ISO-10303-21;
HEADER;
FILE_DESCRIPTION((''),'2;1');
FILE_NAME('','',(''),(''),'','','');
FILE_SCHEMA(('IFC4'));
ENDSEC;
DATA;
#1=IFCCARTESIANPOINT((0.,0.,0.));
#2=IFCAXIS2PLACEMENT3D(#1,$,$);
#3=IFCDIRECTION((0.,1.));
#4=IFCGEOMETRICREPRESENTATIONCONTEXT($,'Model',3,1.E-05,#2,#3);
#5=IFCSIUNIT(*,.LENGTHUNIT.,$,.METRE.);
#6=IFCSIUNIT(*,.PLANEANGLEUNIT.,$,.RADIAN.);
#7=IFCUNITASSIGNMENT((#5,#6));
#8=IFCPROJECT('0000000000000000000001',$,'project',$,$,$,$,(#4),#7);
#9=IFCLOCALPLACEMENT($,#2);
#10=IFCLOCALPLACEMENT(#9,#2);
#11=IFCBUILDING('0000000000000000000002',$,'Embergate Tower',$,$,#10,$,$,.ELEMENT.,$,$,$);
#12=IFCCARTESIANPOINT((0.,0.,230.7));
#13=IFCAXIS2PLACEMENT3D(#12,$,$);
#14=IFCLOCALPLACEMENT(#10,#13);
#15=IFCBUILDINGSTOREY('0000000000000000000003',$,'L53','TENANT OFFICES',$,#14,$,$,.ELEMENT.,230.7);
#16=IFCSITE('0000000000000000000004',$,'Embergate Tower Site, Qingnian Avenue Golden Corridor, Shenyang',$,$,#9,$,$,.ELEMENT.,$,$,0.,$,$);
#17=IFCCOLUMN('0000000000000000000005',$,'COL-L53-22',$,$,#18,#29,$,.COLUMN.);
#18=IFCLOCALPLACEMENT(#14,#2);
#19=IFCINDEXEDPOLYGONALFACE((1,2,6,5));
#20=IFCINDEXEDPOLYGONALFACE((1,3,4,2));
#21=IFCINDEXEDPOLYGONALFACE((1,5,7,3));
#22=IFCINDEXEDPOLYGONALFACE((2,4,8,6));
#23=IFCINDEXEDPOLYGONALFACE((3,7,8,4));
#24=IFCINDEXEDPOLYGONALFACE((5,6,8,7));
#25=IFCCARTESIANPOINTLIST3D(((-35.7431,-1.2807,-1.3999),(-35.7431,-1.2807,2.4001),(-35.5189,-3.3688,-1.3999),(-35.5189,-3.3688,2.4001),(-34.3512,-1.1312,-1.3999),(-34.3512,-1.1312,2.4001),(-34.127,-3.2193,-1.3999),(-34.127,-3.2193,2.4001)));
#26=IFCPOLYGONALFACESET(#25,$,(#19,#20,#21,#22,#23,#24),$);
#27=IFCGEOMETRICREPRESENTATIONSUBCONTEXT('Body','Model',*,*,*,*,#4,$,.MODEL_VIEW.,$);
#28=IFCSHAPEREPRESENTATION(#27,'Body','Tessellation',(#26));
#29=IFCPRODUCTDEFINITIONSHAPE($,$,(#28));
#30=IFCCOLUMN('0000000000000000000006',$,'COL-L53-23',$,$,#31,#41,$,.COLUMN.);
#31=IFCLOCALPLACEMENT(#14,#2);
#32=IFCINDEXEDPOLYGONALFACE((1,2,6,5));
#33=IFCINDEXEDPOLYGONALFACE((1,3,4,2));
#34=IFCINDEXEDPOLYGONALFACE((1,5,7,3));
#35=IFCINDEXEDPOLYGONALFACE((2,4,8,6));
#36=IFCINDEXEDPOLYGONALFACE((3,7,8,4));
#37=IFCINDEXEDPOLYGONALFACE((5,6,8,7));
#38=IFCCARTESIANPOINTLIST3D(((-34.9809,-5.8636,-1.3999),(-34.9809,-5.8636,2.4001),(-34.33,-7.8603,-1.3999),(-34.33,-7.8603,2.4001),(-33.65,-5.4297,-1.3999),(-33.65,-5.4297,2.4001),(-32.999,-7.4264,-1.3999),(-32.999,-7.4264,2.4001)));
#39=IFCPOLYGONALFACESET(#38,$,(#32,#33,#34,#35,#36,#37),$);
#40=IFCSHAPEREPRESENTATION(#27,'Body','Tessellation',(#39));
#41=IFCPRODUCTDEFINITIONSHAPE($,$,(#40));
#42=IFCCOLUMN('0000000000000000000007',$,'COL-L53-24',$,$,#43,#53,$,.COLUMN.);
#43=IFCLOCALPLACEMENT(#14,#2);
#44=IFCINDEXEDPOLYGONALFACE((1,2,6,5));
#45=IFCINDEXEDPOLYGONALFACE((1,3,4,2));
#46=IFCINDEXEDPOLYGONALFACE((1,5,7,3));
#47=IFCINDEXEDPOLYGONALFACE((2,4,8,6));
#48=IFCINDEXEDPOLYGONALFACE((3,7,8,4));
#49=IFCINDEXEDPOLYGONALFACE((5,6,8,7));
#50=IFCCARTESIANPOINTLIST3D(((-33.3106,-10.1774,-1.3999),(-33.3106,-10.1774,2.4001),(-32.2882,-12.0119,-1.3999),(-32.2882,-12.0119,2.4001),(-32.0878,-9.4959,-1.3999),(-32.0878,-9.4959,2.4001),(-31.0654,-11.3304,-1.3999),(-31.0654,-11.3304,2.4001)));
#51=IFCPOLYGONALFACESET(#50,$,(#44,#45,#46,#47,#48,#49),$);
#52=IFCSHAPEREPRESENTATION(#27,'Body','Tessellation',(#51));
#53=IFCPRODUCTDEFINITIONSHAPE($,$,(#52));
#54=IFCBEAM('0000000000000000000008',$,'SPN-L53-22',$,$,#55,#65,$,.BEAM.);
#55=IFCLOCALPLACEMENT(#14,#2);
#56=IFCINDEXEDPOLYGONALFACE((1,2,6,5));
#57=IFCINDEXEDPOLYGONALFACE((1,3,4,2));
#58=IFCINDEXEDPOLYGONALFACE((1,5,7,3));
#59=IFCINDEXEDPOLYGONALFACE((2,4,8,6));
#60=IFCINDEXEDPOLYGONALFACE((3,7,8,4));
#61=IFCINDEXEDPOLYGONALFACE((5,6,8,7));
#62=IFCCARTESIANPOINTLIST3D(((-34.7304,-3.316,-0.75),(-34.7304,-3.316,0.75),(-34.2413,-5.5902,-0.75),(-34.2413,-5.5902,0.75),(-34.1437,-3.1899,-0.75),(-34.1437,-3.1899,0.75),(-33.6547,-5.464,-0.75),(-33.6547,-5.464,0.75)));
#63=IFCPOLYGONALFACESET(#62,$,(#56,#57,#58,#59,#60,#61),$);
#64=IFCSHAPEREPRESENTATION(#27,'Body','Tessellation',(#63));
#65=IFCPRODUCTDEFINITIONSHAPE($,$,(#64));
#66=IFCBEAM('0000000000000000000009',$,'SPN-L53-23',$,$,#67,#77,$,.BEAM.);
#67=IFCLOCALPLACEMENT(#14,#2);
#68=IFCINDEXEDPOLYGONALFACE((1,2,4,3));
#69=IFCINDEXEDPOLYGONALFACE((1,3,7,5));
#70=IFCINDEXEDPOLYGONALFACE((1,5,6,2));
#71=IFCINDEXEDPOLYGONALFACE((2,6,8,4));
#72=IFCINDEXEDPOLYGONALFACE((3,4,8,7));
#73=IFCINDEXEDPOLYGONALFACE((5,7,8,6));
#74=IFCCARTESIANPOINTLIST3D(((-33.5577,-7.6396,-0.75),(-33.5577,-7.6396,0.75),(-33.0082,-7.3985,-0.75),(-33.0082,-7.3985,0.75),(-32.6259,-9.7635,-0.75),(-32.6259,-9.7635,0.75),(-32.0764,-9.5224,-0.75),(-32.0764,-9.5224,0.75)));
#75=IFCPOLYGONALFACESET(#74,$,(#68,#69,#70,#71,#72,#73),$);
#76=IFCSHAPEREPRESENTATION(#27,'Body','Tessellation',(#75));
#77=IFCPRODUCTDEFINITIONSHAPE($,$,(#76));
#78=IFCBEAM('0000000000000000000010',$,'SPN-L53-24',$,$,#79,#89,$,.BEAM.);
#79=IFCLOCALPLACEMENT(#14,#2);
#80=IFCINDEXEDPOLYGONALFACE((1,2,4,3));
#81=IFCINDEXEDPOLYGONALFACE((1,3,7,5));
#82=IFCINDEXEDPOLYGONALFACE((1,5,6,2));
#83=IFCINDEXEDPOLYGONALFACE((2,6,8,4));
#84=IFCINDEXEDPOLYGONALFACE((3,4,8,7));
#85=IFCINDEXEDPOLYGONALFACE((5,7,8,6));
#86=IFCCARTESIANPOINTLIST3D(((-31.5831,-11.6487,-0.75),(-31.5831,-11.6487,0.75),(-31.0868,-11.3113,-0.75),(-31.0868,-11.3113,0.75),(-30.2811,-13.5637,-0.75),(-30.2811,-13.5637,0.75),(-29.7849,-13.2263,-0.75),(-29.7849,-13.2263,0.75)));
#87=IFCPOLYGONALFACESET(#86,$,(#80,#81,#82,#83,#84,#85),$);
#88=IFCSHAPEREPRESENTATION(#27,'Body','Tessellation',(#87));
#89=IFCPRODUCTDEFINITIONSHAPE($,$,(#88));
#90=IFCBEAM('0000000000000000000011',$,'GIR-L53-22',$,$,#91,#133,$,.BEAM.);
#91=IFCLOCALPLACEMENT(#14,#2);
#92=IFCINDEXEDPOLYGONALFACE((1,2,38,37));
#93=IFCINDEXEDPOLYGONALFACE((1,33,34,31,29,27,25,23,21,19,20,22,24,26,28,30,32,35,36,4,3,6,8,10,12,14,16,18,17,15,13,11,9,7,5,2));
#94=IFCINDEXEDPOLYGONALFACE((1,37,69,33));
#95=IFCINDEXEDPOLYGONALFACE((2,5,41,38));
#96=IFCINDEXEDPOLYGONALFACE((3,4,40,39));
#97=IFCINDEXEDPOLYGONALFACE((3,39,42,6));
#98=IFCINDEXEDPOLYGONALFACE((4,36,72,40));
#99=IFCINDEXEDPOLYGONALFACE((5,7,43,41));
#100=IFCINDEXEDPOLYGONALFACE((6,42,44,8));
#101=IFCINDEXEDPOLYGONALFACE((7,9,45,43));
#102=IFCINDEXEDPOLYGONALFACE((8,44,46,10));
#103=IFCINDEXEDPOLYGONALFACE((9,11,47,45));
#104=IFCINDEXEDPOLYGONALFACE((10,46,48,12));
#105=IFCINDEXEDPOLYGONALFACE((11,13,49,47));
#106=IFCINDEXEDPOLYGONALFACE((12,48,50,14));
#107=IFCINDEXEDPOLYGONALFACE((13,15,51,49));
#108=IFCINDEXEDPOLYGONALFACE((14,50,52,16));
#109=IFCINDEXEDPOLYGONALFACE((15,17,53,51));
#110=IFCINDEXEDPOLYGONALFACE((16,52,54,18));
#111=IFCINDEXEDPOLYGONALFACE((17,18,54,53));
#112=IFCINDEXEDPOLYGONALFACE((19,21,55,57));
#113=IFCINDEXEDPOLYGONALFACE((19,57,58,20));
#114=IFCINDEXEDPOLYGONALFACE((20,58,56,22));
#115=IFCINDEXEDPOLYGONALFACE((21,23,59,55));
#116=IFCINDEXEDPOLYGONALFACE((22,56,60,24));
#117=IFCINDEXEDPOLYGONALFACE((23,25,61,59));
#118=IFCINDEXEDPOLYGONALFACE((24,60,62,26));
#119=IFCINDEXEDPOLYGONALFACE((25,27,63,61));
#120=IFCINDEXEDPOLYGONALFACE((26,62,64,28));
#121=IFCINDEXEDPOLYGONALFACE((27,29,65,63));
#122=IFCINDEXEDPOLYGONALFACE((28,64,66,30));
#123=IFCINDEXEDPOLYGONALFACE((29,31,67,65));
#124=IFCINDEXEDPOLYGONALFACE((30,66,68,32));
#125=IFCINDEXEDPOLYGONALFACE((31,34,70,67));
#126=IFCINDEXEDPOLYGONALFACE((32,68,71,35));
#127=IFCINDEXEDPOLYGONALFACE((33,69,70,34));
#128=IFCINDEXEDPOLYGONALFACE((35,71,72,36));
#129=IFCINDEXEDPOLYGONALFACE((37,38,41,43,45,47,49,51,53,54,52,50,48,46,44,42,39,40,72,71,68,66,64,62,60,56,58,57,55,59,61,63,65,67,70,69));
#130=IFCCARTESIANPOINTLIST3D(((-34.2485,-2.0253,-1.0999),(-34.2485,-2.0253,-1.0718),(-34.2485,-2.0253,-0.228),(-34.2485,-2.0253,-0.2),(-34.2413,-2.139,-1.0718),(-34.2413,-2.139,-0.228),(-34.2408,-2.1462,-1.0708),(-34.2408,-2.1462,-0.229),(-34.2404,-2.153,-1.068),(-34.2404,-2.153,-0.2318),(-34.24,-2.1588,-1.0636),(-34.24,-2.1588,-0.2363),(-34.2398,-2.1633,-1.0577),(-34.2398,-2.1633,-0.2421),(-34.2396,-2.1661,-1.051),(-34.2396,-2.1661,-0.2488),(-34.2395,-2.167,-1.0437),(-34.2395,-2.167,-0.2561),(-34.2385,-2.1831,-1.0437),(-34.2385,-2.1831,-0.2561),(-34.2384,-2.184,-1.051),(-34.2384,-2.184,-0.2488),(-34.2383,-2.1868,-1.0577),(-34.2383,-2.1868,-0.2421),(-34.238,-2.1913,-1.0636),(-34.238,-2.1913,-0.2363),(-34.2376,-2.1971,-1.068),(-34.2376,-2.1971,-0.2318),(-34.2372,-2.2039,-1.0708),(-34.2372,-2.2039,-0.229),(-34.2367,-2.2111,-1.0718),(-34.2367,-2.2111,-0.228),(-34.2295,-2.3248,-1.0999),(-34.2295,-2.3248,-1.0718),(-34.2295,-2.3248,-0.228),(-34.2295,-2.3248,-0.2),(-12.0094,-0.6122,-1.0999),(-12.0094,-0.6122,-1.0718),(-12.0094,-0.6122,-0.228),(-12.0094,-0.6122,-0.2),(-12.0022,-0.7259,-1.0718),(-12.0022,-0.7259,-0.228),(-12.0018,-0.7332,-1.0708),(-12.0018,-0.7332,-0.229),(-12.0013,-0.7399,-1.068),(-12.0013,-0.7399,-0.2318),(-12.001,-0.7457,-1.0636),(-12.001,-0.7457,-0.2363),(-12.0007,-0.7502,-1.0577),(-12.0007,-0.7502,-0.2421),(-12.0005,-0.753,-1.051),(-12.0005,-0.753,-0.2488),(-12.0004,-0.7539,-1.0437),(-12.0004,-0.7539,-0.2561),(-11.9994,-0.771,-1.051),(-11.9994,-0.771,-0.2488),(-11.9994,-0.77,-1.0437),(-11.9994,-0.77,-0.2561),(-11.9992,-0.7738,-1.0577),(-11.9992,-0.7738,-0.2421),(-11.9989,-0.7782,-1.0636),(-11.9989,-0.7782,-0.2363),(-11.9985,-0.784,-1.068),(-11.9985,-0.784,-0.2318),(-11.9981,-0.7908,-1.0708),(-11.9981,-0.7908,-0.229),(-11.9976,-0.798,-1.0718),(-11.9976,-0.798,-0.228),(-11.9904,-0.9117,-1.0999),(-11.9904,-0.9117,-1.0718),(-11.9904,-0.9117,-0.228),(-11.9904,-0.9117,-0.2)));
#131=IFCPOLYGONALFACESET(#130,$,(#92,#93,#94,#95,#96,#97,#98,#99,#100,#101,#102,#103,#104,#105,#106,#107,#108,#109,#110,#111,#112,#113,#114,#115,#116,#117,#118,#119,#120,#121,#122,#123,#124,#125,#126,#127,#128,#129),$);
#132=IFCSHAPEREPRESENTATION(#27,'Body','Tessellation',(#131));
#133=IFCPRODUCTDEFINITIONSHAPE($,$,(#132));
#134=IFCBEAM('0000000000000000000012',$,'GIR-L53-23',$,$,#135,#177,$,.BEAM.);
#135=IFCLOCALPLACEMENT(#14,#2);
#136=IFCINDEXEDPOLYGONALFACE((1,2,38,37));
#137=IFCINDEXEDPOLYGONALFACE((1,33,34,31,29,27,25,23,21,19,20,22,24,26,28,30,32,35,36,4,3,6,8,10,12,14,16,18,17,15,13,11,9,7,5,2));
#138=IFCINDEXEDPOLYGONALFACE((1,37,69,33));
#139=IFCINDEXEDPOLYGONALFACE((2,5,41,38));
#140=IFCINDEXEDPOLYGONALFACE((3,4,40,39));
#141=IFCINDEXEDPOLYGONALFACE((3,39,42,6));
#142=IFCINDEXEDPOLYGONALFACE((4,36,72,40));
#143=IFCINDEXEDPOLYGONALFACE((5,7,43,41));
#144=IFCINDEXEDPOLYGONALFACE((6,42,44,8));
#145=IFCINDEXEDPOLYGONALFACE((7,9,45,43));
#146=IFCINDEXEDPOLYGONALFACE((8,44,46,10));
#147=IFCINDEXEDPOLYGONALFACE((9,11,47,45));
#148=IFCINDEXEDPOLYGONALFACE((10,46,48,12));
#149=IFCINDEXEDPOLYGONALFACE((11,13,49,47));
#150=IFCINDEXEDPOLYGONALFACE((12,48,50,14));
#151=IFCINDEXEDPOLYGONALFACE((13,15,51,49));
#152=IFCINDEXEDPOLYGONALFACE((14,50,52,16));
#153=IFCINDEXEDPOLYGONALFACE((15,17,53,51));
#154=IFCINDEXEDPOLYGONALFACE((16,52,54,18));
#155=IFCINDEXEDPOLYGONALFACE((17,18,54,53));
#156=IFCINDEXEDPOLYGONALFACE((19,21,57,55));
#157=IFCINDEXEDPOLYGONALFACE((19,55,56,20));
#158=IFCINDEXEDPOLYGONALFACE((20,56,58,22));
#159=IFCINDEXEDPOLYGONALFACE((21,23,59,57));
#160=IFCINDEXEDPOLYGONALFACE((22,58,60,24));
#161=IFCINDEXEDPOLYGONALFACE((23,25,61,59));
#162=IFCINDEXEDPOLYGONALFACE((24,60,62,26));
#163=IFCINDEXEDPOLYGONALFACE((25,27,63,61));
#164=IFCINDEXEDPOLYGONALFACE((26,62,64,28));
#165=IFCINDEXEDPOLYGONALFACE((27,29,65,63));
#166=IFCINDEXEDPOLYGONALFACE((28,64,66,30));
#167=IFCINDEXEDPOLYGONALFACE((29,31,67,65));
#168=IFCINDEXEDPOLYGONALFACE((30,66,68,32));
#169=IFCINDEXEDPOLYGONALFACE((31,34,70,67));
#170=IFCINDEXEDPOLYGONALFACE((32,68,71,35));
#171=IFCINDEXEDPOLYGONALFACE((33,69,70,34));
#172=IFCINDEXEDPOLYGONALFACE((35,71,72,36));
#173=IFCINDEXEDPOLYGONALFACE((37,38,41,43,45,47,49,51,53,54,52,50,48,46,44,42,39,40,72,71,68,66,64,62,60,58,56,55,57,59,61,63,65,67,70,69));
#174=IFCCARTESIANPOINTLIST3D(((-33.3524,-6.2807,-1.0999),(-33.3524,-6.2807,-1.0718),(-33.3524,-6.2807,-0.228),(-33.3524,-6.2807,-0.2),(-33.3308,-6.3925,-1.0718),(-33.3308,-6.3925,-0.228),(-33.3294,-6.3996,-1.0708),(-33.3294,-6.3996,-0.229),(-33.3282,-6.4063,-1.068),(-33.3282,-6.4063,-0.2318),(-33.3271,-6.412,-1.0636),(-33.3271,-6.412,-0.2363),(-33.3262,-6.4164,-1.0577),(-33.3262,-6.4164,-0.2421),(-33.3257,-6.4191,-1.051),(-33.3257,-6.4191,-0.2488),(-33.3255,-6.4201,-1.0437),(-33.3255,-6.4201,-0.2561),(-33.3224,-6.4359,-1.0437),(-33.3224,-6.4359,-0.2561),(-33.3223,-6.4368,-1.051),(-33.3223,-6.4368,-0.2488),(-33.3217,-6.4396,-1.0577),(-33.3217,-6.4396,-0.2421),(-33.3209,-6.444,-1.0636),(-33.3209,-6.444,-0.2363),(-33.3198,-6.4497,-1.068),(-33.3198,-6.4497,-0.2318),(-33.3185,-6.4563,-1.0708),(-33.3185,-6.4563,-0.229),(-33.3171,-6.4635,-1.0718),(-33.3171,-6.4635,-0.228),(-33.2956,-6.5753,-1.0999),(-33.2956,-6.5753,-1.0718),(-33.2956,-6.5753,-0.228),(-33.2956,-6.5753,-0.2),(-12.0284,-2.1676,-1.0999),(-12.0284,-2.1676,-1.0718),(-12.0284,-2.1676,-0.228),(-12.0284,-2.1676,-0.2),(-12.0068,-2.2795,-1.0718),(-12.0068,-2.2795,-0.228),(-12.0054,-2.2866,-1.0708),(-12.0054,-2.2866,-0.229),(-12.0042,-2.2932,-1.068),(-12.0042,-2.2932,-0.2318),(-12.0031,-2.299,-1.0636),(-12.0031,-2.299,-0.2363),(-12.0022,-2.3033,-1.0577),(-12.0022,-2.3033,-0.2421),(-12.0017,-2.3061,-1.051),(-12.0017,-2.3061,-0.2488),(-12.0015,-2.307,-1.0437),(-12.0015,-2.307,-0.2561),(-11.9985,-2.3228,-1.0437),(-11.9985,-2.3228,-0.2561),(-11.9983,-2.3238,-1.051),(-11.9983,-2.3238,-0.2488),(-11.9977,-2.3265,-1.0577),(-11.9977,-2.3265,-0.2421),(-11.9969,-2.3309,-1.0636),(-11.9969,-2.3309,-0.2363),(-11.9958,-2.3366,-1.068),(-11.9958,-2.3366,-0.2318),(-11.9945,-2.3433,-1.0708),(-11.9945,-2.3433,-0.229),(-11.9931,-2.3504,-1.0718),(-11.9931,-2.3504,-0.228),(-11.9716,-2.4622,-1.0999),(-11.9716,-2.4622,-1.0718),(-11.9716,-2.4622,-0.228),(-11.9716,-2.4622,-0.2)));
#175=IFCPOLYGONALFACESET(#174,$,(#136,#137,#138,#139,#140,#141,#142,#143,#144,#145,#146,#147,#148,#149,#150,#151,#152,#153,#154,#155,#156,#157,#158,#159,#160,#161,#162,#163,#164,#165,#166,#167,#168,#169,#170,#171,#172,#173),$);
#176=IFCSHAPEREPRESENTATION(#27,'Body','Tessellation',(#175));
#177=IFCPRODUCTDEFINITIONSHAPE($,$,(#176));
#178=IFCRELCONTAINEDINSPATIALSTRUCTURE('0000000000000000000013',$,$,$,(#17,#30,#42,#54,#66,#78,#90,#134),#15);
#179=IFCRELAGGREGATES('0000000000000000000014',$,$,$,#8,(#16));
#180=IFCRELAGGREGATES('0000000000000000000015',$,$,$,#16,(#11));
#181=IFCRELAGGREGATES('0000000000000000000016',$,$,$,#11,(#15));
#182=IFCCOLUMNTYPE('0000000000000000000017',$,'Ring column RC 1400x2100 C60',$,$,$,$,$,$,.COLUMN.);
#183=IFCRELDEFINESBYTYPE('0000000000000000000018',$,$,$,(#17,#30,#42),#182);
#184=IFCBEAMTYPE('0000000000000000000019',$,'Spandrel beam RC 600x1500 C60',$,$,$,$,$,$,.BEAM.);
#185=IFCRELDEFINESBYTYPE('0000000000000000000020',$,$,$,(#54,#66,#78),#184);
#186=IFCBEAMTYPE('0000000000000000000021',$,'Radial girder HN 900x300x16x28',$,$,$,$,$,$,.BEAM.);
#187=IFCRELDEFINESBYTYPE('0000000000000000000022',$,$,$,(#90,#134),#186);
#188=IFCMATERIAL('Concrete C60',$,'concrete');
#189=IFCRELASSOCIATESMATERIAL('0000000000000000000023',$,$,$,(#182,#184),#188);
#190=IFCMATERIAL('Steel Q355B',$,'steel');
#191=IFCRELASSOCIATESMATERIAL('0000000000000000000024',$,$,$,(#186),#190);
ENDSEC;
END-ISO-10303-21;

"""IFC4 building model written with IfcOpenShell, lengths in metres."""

from ifc_helpers import new_model, si_unit, direction, frame, origin, origin_2d, place, context, subcontext, project, spatial, rectangle, i_section, extrude, source, transform, mapped, material, material_profile, profile_set, type_object, element, save


model = new_model("IFC4")

# Units and contexts
model_context = context("Model", 3, precision=1e-05, world=origin(), true_north=direction((0.0, 1.0)))
body_context = subcontext(model_context, "Body", "Model", "MODEL_VIEW")
ifc_project = project(units=[si_unit("LENGTHUNIT", "METRE"), si_unit("PLANEANGLEUNIT", "RADIAN")], contexts=[model_context])

# Site, building, storey
site_placement = place(None, origin())
site = spatial("IfcSite", under=ifc_project, at=site_placement, Name="Embergate Tower Site, Qingnian Avenue Golden Corridor, Shenyang", CompositionType="ELEMENT", RefElevation=0.0)
building_placement = place(site_placement, origin())
building = spatial("IfcBuilding", under=site, at=building_placement, Name="Embergate Tower", CompositionType="ELEMENT")
storey_placement = place(building_placement, frame((0.0, 0.0, 230.7)))
storey = spatial("IfcBuildingStorey", under=building, at=storey_placement, Name="L53", Description="TENANT OFFICES", CompositionType="ELEMENT", Elevation=230.7)

# Columns
ifc_material_1 = material(Name="Concrete C60", Category="concrete")
ifc_material_profile_1 = material_profile(ifc_material_1, rectangle(XDim=1.3999, YDim=2.1001, at=origin_2d()), Name="RC 1400x2100")
ifc_profile_set_1 = profile_set([ifc_material_profile_1], Name="Concrete C60")
column_type = type_object("IfcColumnType", Name="Ring column RC 1400x2100 C60", PredefinedType="COLUMN", material=ifc_profile_set_1)
shared_shape_1 = source(origin(), body_context, "Body", "SweptSolid", [
    extrude(rectangle(XDim=1.3999, YDim=2.1001, at=origin_2d()), origin(), (0.0, 0.0, 1.0), 3.8),
])
for number, where, z_axis, x_axis, name in (
    (1, (-34.9351, -2.25, -1.3999), (0.0, 0.0, 1.0), (-0.994286, -0.10675, 0.0), "COL-L53-22"),
    (2, (-33.99, -6.645, -1.3999), (0.0, 0.0, 1.0), (-0.950754, -0.309946, 0.0), "COL-L53-23"),
    (3, (-32.188, -10.7539, -1.3999), (0.0, 0.0, 1.0), (-0.8735, -0.486823, 0.0), "COL-L53-24"),
):
    element("IfcColumn", number, at=place(storey_placement, frame(where, z_axis=z_axis, x_axis=x_axis)), inside=storey, type_object=column_type, Name=name, PredefinedType="COLUMN", context=body_context, shape_type="MappedRepresentation", body=[
        mapped(shared_shape_1, transform((0.0, 0.0, 0.0))),
    ])

# Beams
ifc_material_profile_2 = material_profile(ifc_material_1, rectangle(XDim=0.6001, YDim=1.5, at=origin_2d()), Name="RC 600x1500")
ifc_profile_set_2 = profile_set([ifc_material_profile_2], Name="Concrete C60")
beam_type_1 = type_object("IfcBeamType", Name="Spandrel beam RC 600x1500 C60", PredefinedType="BEAM", material=ifc_profile_set_2)
shared_shape_2 = source(origin(), body_context, "Body", "SweptSolid", [
    extrude(rectangle(XDim=0.6001, YDim=1.5, at=origin_2d()), origin(), (0.0, 0.0, 1.0), 2.3262),
])
beam_1_placement = place(storey_placement, frame((-34.437, -3.2529, 0.0), z_axis=(0.210224, -0.977653, 0.0), x_axis=(0.977653, 0.210224, 0.0)))
element("IfcBeam", 4, at=beam_1_placement, inside=storey, type_object=beam_type_1, Name="SPN-L53-22", PredefinedType="BEAM", context=body_context, shape_type="MappedRepresentation", body=[
    mapped(shared_shape_2, transform((0.0, 0.0, 0.0))),
])
shared_shape_3 = source(origin(), body_context, "Body", "SweptSolid", [
    extrude(rectangle(XDim=0.6001, YDim=1.5, at=origin_2d()), origin(), (0.0, 0.0, 1.0), 2.3193),
])
beam_2_placement = place(storey_placement, frame((-33.283, -7.519, 0.0), z_axis=(0.401768, -0.915741, 0.0), x_axis=(0.915741, 0.401768, 0.0)))
element("IfcBeam", 5, at=beam_2_placement, inside=storey, type_object=beam_type_1, Name="SPN-L53-23", PredefinedType="BEAM", context=body_context, shape_type="MappedRepresentation", body=[
    mapped(shared_shape_3, transform((0.0, 0.0, 0.0))),
])
shared_shape_4 = source(origin(), body_context, "Body", "SweptSolid", [
    extrude(rectangle(XDim=0.6001, YDim=1.5, at=origin_2d()), origin(), (0.0, 0.0, 1.0), 2.3157),
])
beam_3_placement = place(storey_placement, frame((-31.335, -11.48, 0.0), z_axis=(0.562244, -0.826972, 0.0), x_axis=(0.826972, 0.562244, 0.0)))
element("IfcBeam", 6, at=beam_3_placement, inside=storey, type_object=beam_type_1, Name="SPN-L53-24", PredefinedType="BEAM", context=body_context, shape_type="MappedRepresentation", body=[
    mapped(shared_shape_4, transform((0.0, 0.0, 0.0))),
])
ifc_material_2 = material(Name="Steel Q355B", Category="steel")
ifc_material_profile_3 = material_profile(ifc_material_2, i_section(OverallWidth=0.3, OverallDepth=0.8999, WebThickness=0.0161, FlangeThickness=0.0281, FilletRadius=0.0281, at=origin_2d()), Name="HN 900x300x16x28")
ifc_profile_set_3 = profile_set([ifc_material_profile_3], Name="Steel Q355 grade B")
beam_type_2 = type_object("IfcBeamType", Name="Radial girder HN 900x300x16x28", PredefinedType="BEAM", material=ifc_profile_set_3)
shared_shape_5 = source(origin(), body_context, "Body", "SweptSolid", [
    extrude(i_section(OverallWidth=0.3, OverallDepth=0.8999, WebThickness=0.0161, FlangeThickness=0.0281, FilletRadius=0.0281, at=origin_2d()), origin(), (0.0, 0.0, 1.0), 22.2839),
])
beam_4_placement = place(storey_placement, frame((-34.239, -2.175, -0.6499), z_axis=(0.997987, 0.063413, 0.0), x_axis=(-0.063413, 0.997987, 0.0)))
element("IfcBeam", 7, at=beam_4_placement, inside=storey, type_object=beam_type_2, Name="GIR-L53-22", PredefinedType="BEAM", context=body_context, shape_type="MappedRepresentation", body=[
    mapped(shared_shape_5, transform((0.0, 0.0, 0.0))),
])
shared_shape_6 = source(origin(), body_context, "Body", "SweptSolid", [
    extrude(i_section(OverallWidth=0.3, OverallDepth=0.8999, WebThickness=0.0161, FlangeThickness=0.0281, FilletRadius=0.0281, at=origin_2d()), origin(), (0.0, 0.0, 1.0), 21.717),
])
beam_5_placement = place(storey_placement, frame((-33.324, -6.428, -0.6499), z_axis=(0.981901, 0.189392, 0.0), x_axis=(-0.189392, 0.981901, 0.0)))
element("IfcBeam", 8, at=beam_5_placement, inside=storey, type_object=beam_type_2, Name="GIR-L53-23", PredefinedType="BEAM", context=body_context, shape_type="MappedRepresentation", body=[
    mapped(shared_shape_6, transform((0.0, 0.0, 0.0))),
])

save(model, "model.ifc")
